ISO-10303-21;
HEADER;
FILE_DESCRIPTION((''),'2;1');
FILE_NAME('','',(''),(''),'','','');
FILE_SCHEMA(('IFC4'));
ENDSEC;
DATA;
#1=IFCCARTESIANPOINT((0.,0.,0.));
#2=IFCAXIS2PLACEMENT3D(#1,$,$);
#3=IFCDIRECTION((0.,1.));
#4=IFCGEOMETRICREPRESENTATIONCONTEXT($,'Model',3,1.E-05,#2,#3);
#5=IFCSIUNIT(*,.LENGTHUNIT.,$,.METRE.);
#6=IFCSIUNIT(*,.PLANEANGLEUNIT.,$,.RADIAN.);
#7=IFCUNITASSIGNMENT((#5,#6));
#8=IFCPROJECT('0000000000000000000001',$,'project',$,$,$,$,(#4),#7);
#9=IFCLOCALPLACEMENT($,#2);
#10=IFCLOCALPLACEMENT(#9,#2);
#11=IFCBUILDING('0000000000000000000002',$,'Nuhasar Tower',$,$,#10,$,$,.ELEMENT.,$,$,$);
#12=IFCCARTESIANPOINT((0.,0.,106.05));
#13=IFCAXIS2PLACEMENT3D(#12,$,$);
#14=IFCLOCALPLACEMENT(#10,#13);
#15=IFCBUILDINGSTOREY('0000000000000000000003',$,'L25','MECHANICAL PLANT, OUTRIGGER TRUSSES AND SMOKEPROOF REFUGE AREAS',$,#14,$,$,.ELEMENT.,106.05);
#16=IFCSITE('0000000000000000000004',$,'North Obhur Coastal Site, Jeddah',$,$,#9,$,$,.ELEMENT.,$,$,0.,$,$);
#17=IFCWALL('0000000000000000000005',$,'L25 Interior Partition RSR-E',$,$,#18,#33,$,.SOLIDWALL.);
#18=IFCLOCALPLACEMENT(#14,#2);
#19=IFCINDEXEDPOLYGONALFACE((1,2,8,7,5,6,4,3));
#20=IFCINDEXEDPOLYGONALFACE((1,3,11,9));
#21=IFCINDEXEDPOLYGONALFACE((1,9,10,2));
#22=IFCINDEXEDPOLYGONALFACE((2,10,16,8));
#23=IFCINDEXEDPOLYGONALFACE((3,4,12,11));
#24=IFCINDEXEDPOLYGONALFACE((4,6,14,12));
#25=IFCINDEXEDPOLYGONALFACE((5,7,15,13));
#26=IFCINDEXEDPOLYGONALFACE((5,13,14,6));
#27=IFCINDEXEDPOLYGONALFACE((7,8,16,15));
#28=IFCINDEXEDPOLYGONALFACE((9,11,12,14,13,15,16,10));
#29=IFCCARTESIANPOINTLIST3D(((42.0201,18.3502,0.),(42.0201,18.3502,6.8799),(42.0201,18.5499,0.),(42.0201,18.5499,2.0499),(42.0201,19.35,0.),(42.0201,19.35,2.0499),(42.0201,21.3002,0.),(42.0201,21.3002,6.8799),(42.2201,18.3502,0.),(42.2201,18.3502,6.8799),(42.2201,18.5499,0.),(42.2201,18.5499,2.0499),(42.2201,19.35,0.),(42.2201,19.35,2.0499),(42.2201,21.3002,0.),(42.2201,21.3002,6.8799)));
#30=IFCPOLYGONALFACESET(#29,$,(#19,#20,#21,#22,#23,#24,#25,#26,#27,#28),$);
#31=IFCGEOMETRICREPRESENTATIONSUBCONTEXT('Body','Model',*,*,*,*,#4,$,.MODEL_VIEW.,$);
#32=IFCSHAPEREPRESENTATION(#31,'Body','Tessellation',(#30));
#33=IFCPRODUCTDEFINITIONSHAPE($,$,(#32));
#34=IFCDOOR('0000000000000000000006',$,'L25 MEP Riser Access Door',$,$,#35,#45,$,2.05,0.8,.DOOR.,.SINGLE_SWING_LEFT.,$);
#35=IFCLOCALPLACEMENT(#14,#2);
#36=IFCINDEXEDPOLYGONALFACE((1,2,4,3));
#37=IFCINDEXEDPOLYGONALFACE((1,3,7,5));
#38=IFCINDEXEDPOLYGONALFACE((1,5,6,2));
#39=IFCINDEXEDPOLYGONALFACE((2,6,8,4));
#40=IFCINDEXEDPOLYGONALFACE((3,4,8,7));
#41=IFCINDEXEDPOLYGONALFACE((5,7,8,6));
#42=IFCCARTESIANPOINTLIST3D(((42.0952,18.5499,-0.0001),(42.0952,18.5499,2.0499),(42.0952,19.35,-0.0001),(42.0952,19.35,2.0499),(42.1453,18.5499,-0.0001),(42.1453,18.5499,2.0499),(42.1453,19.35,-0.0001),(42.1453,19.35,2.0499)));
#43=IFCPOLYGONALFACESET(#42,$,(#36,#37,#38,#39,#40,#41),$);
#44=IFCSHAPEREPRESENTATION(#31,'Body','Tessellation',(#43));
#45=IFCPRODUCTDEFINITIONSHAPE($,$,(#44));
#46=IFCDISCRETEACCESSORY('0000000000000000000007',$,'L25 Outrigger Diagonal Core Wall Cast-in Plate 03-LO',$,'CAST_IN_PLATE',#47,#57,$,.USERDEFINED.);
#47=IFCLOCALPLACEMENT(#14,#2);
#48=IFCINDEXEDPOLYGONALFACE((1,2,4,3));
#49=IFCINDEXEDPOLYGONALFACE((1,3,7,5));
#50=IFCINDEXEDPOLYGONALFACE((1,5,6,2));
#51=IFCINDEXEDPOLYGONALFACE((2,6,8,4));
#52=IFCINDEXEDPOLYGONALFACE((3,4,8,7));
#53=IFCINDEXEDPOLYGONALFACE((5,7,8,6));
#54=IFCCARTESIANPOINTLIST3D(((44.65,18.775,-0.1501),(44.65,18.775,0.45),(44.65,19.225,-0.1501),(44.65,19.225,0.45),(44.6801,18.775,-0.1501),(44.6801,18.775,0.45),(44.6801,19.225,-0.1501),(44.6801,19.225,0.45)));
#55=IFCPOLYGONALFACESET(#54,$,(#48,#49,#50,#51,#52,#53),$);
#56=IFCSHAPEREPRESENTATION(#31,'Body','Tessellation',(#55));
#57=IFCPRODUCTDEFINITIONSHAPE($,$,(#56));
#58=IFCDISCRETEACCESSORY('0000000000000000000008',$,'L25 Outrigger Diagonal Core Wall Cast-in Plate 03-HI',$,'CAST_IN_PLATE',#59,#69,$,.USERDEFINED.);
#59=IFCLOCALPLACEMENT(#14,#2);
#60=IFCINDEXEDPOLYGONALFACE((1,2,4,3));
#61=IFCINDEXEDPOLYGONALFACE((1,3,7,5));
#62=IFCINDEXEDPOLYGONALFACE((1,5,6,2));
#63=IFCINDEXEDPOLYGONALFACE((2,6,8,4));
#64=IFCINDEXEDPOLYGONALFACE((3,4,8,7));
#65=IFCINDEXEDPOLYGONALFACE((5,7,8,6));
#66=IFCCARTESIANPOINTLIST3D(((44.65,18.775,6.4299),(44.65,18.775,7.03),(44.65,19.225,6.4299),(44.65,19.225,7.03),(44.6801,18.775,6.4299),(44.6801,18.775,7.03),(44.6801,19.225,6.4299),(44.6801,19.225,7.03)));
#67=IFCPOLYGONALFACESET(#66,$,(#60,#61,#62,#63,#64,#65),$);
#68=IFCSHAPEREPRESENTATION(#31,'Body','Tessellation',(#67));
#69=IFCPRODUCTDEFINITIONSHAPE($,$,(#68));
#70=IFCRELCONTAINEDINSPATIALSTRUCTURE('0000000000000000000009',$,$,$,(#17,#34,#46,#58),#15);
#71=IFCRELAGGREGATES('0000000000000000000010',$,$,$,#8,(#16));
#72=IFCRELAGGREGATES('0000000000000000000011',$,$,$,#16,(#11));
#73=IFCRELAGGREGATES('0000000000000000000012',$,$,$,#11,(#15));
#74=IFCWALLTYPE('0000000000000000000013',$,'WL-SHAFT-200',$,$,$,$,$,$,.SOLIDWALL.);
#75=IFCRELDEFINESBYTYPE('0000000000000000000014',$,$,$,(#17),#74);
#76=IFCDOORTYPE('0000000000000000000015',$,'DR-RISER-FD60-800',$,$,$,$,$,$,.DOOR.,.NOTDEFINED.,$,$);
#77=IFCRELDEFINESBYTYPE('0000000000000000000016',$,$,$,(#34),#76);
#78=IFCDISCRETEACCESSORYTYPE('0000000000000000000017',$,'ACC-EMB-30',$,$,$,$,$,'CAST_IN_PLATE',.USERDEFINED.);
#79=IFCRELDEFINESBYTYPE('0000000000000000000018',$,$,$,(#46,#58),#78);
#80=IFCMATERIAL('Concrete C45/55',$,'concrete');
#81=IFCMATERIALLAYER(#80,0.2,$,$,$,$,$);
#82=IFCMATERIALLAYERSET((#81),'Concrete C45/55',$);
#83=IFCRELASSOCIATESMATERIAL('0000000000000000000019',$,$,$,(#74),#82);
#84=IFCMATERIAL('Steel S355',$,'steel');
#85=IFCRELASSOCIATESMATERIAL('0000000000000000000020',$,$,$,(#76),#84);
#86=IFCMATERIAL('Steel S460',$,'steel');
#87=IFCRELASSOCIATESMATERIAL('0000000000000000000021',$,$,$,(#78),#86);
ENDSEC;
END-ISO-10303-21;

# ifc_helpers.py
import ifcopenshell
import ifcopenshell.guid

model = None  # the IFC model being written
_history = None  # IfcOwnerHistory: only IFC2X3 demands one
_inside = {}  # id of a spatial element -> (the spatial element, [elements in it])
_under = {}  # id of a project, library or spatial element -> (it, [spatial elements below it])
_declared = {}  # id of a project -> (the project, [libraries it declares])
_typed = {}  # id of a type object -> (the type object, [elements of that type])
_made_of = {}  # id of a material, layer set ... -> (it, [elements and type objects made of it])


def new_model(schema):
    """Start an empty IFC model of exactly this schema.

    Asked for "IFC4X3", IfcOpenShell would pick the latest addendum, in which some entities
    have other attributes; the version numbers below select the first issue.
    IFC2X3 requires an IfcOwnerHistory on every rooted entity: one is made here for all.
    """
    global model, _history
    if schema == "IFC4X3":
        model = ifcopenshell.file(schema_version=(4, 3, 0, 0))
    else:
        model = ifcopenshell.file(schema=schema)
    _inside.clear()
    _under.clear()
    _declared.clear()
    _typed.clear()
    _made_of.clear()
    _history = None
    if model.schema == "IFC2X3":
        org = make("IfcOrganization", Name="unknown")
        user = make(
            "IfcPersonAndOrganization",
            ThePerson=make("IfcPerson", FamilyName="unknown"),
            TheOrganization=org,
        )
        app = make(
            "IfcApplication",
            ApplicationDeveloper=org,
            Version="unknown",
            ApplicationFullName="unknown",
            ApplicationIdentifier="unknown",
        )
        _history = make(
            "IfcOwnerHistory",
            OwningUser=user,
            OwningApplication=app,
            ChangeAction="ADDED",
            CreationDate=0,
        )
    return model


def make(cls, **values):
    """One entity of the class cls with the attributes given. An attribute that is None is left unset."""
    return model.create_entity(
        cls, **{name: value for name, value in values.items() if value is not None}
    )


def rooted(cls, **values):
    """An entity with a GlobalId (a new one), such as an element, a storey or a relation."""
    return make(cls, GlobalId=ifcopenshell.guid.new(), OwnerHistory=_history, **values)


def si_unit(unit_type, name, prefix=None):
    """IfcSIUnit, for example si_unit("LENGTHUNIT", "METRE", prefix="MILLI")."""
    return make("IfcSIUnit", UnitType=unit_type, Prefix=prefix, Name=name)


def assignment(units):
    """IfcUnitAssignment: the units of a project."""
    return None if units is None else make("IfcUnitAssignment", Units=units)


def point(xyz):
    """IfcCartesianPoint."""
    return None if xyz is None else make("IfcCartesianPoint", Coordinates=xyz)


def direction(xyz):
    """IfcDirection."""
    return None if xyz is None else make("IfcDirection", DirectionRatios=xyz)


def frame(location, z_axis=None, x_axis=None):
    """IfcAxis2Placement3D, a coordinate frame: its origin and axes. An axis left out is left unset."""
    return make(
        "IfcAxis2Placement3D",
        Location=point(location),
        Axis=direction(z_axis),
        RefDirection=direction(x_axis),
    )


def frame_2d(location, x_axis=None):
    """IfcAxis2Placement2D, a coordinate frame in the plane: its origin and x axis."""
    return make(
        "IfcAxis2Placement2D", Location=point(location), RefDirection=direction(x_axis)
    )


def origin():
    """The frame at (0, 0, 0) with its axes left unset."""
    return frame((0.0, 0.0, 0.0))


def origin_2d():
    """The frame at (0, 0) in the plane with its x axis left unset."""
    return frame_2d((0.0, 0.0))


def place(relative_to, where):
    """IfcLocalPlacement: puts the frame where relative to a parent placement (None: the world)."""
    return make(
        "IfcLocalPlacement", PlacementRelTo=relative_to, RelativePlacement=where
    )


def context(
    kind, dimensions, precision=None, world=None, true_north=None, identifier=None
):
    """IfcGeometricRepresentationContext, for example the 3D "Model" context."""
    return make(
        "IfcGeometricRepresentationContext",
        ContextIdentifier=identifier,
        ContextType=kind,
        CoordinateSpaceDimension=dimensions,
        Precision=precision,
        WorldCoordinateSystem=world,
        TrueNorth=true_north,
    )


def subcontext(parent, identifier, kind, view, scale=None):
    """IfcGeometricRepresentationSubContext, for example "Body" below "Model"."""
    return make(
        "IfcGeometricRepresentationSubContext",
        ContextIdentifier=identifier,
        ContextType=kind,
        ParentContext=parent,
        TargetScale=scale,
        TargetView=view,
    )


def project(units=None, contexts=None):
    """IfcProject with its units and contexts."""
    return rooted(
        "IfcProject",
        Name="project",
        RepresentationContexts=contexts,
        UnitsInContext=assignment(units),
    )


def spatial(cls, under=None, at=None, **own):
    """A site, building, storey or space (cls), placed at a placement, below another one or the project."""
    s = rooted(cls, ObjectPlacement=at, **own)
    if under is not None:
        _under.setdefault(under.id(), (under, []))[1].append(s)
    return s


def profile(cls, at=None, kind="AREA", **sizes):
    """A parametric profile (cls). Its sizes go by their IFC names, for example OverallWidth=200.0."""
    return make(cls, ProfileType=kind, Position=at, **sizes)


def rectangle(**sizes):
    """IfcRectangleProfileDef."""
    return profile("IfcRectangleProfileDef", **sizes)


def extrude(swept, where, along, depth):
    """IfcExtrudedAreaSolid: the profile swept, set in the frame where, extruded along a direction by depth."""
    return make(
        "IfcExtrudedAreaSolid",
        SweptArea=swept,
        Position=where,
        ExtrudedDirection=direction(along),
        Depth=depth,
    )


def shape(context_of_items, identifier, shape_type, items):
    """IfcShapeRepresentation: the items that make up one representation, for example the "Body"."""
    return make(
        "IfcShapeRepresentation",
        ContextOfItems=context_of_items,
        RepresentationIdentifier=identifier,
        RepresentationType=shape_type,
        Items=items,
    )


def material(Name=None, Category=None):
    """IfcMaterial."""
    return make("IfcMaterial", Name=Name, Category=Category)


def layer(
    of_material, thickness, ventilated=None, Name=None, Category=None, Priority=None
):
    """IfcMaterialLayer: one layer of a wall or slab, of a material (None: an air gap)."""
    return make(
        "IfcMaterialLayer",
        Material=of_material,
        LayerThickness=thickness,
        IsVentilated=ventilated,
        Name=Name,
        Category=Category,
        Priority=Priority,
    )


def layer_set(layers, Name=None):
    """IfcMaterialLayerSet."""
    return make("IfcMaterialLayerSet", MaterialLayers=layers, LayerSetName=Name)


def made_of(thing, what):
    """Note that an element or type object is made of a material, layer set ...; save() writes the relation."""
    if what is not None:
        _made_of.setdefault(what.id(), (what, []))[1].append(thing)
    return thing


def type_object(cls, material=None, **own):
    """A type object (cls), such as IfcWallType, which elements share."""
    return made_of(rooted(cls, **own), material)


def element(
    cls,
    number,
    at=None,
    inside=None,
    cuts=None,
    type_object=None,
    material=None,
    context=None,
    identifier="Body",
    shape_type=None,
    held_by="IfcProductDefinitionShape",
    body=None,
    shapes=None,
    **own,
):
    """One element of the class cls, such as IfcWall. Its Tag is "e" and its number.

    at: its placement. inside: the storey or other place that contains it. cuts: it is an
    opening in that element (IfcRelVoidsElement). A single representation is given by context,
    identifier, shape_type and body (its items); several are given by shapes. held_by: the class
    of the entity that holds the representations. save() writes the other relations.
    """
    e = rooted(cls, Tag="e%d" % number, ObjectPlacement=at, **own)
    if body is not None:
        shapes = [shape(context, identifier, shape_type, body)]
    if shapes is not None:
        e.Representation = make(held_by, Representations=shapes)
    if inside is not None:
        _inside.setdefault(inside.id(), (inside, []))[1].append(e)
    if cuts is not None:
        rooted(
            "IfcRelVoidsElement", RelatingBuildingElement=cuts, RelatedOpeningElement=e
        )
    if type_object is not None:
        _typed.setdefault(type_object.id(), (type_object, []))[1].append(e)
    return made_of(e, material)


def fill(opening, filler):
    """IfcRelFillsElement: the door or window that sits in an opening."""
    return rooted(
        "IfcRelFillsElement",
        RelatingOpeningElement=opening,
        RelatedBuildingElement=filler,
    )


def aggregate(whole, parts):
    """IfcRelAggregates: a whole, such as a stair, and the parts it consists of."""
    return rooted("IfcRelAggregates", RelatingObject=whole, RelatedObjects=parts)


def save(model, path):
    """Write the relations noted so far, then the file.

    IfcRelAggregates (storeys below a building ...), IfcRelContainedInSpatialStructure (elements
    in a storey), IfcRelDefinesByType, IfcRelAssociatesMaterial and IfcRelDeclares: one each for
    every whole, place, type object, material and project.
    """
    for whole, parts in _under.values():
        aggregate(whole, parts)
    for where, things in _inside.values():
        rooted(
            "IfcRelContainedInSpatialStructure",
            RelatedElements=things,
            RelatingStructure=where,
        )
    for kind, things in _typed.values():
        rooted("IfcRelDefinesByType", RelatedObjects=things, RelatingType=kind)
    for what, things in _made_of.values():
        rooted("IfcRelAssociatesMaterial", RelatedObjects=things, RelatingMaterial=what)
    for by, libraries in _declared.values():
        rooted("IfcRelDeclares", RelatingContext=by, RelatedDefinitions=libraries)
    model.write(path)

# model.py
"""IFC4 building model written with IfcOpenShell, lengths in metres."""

from ifc_helpers import new_model, si_unit, direction, frame, frame_2d, origin, origin_2d, place, context, subcontext, project, spatial, rectangle, extrude, material, layer, layer_set, type_object, element, fill, save


model = new_model("IFC4")

# Units and contexts
model_context = context("Model", 3, precision=1e-05, world=origin(), true_north=direction((0.0, 1.0)))
body_context = subcontext(model_context, "Body", "Model", "MODEL_VIEW")
ifc_project = project(units=[si_unit("LENGTHUNIT", "METRE"), si_unit("PLANEANGLEUNIT", "RADIAN")], contexts=[model_context])

# Site, building, storey
site_placement = place(None, origin())
site = spatial("IfcSite", under=ifc_project, at=site_placement, Name="North Obhur Coastal Site, Jeddah", CompositionType="ELEMENT", RefElevation=0.0)
building_placement = place(site_placement, origin())
building = spatial("IfcBuilding", under=site, at=building_placement, Name="Nuhasar Tower", CompositionType="ELEMENT")
storey_placement = place(building_placement, frame((0.0, 0.0, 106.05)))
storey = spatial("IfcBuildingStorey", under=building, at=storey_placement, Name="L25", Description="MECHANICAL PLANT, OUTRIGGER TRUSSES AND SMOKEPROOF REFUGE AREAS", CompositionType="ELEMENT", Elevation=106.05)

# Shared definitions
ifc_material_1 = material(Name="Steel S355", Category="steel")

# Shared definitions
ifc_material_2 = material(Name="Steel S460", Category="steel")

# Shared definitions
ifc_material_3 = material(Name="Concrete C45/55", Category="concrete")

# Shared definitions
ifc_layer_1 = layer(ifc_material_3, 0.2)
ifc_layer_set_1 = layer_set([ifc_layer_1], Name="Concrete C45/55")
wall_type_1 = type_object("IfcWallType", Name="WL-SHAFT-200", PredefinedType="SOLIDWALL", material=ifc_layer_set_1)

# Wall, opening, door
wall_1_placement = place(storey_placement, frame((42.1201, 18.3501, 0.0), z_axis=(0.0, 0.0, 1.0), x_axis=(0.0, 1.0, 0.0)))
wall_1 = element("IfcWall", 1, at=wall_1_placement, inside=storey, type_object=wall_type_1, Name="L25 Interior Partition RSR-E", PredefinedType="SOLIDWALL", context=body_context, shape_type="SweptSolid", body=[
    extrude(rectangle(XDim=2.95, YDim=0.2, at=frame_2d((1.4751, 0.0))), origin(), (0.0, 0.0, 1.0), 6.8799),
])
opening_1_placement = place(wall_1_placement, frame((0.2, 0.0, 0.0)))
opening_1 = element("IfcOpeningElement", 2, at=opening_1_placement, cuts=wall_1, PredefinedType="OPENING", context=body_context, shape_type="SweptSolid", body=[
    extrude(rectangle(XDim=0.8, YDim=2.05, at=frame_2d((0.3999, 1.0249))), frame((0.0, 0.1099, 0.0), z_axis=(0.0, -1.0, 0.0), x_axis=(1.0, 0.0, 0.0)), (0.0, 0.0, 1.0), 0.22),
])
door_type_1 = type_object("IfcDoorType", Name="DR-RISER-FD60-800", OperationType="NOTDEFINED", PredefinedType="DOOR", material=ifc_material_1)
door_1_placement = place(opening_1_placement, origin())
door_1 = element("IfcDoor", 3, at=door_1_placement, inside=storey, type_object=door_type_1, Name="L25 MEP Riser Access Door", OperationType="SINGLE_SWING_LEFT", OverallHeight=2.05, OverallWidth=0.8, PredefinedType="DOOR", context=body_context, shape_type="SweptSolid", body=[
    extrude(rectangle(XDim=0.8, YDim=2.05, at=frame_2d((0.3999, 1.0249))), frame((0.0, 0.0249, 0.0), z_axis=(0.0, -1.0, 0.0), x_axis=(1.0, 0.0, 0.0)), (0.0, 0.0, 1.0), 0.05),
])
fill(opening_1, door_1)

# Discrete accessories
discrete_accessory_type = type_object("IfcDiscreteAccessoryType", Name="ACC-EMB-30", ElementType="CAST_IN_PLATE", PredefinedType="USERDEFINED", material=ifc_material_2)
for number, where, z_axis, x_axis, name in (
    (4, (44.665, 19.0, -0.1501), (0.0, 0.0, 1.0), (1.0, 0.0, 0.0), "L25 Outrigger Diagonal Core Wall Cast-in Plate 03-LO"),
    (5, (44.665, 19.0, 6.4299), (0.0, 0.0, 1.0), (1.0, 0.0, 0.0), "L25 Outrigger Diagonal Core Wall Cast-in Plate 03-HI"),
):
    element("IfcDiscreteAccessory", number, at=place(storey_placement, frame(where, z_axis=z_axis, x_axis=x_axis)), inside=storey, type_object=discrete_accessory_type, Name=name, ObjectType="CAST_IN_PLATE", PredefinedType="USERDEFINED", context=body_context, shape_type="SweptSolid", body=[
        extrude(rectangle(XDim=0.03, YDim=0.45, at=origin_2d()), origin(), (0.0, 0.0, 1.0), 0.6001),
    ])

save(model, "model.ifc")
